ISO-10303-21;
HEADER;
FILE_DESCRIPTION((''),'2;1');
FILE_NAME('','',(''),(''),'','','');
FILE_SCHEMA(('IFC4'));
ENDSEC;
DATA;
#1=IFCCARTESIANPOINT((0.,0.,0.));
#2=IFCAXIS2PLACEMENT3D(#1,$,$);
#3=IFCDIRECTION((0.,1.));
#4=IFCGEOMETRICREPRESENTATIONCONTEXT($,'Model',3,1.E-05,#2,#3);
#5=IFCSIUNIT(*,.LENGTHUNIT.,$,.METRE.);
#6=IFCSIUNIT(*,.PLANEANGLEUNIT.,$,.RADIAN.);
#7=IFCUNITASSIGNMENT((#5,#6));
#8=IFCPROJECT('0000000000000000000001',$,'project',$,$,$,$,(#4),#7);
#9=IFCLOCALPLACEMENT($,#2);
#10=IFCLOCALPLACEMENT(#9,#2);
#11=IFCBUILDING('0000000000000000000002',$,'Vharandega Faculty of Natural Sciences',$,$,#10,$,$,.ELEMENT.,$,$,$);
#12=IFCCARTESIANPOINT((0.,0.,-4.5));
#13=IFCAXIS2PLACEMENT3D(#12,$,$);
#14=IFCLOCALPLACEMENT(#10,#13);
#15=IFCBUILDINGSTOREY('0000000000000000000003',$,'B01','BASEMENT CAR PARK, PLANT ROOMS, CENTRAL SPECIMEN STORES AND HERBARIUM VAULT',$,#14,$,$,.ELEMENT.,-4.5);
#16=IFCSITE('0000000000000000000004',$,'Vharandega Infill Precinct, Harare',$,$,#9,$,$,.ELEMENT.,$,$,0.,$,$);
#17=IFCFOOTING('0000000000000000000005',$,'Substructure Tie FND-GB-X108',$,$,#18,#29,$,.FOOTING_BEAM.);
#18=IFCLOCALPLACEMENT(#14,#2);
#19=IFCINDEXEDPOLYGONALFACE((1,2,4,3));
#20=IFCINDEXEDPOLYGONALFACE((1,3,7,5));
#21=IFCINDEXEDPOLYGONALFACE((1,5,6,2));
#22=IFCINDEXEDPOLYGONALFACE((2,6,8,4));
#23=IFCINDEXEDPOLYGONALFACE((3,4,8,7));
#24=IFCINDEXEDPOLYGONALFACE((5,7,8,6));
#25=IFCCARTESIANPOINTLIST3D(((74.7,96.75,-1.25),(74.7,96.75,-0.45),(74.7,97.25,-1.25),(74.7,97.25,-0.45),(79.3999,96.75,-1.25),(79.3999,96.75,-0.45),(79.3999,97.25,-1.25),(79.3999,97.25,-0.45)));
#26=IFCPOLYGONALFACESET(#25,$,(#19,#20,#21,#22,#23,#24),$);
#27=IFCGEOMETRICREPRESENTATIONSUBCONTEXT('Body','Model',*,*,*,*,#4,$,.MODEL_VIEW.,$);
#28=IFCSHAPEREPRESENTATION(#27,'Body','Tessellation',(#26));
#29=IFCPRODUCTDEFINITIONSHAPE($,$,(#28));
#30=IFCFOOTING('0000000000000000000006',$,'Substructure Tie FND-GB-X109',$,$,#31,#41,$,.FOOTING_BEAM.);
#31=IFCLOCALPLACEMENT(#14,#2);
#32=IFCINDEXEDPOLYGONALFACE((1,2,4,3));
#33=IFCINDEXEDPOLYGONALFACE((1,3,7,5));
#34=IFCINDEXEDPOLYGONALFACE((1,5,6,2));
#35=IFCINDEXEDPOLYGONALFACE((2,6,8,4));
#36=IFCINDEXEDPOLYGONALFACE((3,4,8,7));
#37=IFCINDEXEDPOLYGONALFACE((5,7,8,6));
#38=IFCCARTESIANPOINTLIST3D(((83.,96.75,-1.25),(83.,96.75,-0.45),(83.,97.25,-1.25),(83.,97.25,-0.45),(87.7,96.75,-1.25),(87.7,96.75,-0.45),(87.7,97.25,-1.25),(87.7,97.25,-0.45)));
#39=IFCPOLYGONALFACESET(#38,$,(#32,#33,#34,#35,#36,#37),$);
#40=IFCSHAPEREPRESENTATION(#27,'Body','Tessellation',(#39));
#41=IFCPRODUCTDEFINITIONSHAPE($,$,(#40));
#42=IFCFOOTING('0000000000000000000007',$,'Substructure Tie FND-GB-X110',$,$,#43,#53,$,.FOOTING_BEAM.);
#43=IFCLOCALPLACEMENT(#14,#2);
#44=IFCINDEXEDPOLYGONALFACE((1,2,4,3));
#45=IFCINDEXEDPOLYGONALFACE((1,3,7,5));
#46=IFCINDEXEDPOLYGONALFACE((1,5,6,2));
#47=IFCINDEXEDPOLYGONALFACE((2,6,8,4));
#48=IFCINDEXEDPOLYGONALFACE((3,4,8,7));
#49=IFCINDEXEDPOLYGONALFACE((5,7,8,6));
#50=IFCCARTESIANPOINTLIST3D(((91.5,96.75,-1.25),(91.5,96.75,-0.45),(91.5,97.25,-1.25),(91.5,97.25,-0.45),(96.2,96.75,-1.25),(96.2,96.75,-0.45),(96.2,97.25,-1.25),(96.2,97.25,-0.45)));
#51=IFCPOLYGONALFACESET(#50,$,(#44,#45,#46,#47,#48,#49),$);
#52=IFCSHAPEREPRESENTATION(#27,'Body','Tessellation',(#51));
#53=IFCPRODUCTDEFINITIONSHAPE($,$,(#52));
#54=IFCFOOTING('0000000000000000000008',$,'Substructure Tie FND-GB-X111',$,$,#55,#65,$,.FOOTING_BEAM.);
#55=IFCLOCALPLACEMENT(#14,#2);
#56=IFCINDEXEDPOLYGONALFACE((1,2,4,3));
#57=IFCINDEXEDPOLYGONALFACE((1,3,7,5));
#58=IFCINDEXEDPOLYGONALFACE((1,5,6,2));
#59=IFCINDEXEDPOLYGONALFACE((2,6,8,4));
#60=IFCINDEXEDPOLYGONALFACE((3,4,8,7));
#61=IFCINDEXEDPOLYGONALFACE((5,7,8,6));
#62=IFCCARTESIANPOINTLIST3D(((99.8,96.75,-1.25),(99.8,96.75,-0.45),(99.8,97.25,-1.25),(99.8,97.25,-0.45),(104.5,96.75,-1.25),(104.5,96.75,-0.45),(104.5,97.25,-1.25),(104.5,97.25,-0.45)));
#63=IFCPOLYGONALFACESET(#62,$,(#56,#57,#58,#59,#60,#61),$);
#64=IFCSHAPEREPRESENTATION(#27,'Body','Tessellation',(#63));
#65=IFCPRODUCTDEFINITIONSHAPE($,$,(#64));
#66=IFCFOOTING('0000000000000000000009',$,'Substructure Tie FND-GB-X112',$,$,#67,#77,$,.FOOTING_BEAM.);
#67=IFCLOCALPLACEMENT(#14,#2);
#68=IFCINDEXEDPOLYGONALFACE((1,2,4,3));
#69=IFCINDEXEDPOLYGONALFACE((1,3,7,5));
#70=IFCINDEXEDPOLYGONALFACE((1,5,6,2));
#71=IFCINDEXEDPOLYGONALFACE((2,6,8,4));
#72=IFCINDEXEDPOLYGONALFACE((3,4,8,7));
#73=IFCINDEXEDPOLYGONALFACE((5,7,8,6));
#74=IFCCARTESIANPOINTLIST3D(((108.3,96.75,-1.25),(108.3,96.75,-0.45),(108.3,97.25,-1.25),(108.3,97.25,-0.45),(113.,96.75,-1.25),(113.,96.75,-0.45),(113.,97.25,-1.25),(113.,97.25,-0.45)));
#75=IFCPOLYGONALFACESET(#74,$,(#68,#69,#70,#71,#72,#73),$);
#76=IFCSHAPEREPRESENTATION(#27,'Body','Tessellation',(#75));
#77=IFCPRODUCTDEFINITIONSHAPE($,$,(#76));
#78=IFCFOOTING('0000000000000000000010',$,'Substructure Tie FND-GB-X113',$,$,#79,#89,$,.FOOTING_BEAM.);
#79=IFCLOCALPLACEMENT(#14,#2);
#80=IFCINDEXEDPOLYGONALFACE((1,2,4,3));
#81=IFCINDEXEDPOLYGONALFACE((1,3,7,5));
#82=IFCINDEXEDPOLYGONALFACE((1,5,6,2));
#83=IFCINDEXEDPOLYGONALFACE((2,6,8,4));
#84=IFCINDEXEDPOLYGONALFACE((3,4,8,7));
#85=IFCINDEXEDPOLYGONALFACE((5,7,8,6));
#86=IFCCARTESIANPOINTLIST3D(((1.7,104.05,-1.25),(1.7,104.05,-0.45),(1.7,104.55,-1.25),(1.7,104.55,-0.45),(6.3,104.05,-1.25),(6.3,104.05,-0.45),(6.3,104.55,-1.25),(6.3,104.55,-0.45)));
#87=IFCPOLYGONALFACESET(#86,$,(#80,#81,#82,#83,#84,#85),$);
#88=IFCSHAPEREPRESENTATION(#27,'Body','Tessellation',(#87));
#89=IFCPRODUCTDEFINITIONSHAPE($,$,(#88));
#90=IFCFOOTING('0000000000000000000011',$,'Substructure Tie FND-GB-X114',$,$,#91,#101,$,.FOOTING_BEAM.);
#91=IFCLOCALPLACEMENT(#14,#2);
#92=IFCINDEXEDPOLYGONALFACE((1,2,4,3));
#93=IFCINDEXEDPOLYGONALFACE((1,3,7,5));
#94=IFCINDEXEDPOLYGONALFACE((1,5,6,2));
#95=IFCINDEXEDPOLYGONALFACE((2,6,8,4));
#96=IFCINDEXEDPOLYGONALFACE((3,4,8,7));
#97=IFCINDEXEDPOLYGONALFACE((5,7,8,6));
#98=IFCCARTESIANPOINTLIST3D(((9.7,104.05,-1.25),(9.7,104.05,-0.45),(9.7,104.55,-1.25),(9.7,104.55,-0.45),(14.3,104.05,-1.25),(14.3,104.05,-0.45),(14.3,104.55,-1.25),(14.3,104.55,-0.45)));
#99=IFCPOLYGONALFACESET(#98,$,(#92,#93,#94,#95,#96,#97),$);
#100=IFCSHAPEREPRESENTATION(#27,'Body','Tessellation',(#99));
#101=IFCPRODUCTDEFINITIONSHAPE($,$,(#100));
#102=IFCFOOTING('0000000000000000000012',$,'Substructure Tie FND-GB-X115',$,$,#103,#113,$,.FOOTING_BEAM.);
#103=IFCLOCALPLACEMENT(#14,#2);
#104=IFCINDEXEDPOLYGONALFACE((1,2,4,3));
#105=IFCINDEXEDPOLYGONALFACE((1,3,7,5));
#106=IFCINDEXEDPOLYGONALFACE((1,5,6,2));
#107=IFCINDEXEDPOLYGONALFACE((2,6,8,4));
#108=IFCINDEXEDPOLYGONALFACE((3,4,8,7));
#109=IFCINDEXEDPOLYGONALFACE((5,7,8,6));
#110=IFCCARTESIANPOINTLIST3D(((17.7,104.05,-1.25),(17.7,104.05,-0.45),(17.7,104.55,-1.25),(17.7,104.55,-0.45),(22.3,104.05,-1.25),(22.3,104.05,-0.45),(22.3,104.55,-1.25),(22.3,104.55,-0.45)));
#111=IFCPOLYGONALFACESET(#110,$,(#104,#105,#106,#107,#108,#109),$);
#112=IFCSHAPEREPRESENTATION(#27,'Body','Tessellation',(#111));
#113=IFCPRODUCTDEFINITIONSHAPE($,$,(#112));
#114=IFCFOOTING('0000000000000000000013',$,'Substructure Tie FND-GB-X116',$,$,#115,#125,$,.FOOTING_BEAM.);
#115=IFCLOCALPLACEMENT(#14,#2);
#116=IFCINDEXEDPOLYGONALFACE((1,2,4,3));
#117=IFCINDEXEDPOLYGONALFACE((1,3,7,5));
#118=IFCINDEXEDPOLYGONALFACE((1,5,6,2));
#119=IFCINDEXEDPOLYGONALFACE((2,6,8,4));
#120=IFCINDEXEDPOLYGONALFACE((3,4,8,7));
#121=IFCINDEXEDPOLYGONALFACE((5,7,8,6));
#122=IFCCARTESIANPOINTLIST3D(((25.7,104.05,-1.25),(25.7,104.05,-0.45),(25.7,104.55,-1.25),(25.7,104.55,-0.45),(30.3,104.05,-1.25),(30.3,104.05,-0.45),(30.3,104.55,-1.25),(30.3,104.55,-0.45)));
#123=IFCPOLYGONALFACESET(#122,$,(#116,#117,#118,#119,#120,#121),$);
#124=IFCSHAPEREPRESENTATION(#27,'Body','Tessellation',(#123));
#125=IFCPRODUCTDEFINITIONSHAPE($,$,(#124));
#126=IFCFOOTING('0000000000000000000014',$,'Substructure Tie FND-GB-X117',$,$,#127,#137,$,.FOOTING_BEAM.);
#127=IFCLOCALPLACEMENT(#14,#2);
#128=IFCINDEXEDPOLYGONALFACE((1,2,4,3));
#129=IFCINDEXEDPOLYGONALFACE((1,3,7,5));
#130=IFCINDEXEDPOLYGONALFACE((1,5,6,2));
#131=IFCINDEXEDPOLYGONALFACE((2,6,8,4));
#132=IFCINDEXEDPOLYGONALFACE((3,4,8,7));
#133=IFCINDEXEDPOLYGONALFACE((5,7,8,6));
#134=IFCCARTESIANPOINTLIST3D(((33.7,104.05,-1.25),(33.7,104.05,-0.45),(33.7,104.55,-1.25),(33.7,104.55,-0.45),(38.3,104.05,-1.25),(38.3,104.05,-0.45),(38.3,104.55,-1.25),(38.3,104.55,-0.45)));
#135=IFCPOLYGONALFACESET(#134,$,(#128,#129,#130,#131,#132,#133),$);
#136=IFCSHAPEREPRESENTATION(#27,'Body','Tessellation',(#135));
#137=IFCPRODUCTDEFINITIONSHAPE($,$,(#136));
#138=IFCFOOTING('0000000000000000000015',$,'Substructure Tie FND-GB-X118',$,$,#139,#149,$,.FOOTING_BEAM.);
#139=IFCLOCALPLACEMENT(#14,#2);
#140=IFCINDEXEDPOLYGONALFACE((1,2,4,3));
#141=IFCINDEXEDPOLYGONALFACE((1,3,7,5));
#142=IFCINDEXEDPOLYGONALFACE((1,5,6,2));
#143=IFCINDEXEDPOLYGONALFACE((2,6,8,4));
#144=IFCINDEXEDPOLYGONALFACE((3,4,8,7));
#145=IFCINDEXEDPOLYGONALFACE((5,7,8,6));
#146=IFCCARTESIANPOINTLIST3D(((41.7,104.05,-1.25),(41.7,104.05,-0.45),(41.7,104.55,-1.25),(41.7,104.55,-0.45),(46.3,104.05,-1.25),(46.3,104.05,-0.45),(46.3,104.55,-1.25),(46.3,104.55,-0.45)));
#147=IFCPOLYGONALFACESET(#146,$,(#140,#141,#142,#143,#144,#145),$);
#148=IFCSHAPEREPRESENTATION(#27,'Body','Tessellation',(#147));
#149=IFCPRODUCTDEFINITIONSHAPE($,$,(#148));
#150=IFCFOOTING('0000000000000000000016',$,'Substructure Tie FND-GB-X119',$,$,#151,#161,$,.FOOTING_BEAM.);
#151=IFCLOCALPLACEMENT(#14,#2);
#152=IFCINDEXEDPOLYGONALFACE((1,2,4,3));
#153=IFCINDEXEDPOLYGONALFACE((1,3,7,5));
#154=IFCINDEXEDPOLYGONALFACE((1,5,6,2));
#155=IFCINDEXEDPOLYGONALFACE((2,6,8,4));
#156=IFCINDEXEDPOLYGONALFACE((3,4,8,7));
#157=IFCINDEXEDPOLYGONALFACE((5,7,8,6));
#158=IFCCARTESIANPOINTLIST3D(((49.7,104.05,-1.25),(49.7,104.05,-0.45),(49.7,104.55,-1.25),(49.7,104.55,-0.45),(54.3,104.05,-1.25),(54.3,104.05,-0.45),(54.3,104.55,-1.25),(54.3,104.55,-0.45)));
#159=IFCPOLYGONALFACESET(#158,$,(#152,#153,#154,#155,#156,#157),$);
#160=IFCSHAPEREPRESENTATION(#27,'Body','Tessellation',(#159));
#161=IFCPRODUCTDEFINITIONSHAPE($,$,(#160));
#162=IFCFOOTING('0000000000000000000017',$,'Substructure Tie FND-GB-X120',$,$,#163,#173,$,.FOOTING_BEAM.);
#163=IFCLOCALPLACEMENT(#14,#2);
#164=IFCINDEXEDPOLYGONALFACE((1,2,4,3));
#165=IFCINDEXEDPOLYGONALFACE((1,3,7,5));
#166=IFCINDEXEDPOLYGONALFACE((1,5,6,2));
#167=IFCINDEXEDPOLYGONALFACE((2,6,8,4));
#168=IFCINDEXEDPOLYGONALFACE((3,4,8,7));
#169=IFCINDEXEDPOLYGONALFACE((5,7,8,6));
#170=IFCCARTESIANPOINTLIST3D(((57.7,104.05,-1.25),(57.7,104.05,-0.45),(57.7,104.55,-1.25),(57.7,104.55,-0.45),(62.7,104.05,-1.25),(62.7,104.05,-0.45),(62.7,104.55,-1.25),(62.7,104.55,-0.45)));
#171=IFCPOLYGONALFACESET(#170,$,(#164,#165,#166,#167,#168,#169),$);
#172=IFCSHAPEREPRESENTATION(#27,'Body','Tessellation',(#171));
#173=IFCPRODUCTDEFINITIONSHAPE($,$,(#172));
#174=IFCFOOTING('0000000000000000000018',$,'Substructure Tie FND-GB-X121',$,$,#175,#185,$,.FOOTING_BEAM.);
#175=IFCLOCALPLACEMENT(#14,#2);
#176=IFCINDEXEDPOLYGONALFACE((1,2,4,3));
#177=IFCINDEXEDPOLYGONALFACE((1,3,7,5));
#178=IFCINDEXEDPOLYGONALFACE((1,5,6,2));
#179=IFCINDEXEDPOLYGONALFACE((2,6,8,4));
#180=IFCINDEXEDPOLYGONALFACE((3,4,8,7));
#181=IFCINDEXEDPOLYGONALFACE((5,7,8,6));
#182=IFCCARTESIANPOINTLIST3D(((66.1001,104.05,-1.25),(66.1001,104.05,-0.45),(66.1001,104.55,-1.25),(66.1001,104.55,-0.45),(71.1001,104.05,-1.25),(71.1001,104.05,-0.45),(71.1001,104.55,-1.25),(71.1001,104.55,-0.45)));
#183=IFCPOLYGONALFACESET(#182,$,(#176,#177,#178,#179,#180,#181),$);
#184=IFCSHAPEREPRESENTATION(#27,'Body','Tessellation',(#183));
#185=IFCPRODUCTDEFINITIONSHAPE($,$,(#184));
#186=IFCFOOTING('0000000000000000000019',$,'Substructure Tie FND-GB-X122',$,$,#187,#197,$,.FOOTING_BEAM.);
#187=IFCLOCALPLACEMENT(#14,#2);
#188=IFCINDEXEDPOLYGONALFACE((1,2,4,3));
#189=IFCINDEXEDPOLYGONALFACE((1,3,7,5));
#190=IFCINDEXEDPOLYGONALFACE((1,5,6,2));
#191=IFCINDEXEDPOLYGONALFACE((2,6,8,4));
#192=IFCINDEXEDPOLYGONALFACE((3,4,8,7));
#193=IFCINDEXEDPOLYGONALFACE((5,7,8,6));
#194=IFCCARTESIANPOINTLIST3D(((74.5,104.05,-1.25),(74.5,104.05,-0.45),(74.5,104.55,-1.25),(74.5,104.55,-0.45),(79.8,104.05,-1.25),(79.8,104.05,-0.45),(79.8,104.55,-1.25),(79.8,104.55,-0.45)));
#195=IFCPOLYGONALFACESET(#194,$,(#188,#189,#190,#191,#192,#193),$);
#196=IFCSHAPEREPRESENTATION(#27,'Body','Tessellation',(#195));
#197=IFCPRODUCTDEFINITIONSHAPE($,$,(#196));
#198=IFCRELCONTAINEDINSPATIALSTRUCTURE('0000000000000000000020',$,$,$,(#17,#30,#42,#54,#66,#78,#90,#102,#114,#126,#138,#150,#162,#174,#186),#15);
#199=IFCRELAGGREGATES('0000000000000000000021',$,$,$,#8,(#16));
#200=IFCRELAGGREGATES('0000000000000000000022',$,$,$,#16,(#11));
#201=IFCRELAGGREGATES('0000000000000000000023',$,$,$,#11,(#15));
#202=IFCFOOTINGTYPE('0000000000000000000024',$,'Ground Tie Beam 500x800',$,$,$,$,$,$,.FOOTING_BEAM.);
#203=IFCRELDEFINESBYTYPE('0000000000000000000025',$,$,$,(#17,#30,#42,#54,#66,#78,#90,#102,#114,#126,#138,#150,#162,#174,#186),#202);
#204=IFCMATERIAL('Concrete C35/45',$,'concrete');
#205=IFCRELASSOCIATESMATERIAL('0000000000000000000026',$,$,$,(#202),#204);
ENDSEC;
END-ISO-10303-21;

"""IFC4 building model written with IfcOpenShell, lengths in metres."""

from ifc_helpers import new_model, si_unit, direction, frame, origin, place, context, subcontext, project, spatial, polyline, outline, extrude, material, type_object, element, save


model = new_model("IFC4")

# Units and contexts
model_context = context("Model", 3, precision=1e-05, world=origin(), true_north=direction((0.0, 1.0)))
body_context = subcontext(model_context, "Body", "Model", "MODEL_VIEW")
ifc_project = project(units=[si_unit("LENGTHUNIT", "METRE"), si_unit("PLANEANGLEUNIT", "RADIAN")], contexts=[model_context])

# Site, building, storey
site_placement = place(None, origin())
site = spatial("IfcSite", under=ifc_project, at=site_placement, Name="Vharandega Infill Precinct, Harare", CompositionType="ELEMENT", RefElevation=0.0)
building_placement = place(site_placement, origin())
building = spatial("IfcBuilding", under=site, at=building_placement, Name="Vharandega Faculty of Natural Sciences", CompositionType="ELEMENT")
storey_placement = place(building_placement, frame((0.0, 0.0, -4.5)))
storey = spatial("IfcBuildingStorey", under=building, at=storey_placement, Name="B01", Description="BASEMENT CAR PARK, PLANT ROOMS, CENTRAL SPECIMEN STORES AND HERBARIUM VAULT", CompositionType="ELEMENT", Elevation=-4.5)

# Footings
ifc_material = material(Name="Concrete C35/45", Category="concrete")
footing_type = type_object("IfcFootingType", Name="Ground Tie Beam 500x800", PredefinedType="FOOTING_BEAM", material=ifc_material)
footing_1_placement = place(storey_placement, frame((0.0, 0.0, -1.25)))
element("IfcFooting", 1, at=footing_1_placement, inside=storey, type_object=footing_type, Name="Substructure Tie FND-GB-X108", PredefinedType="FOOTING_BEAM", context=body_context, shape_type="SweptSolid", body=[
    extrude(outline(polyline([(74.7, 96.75), (79.3999, 96.75), (79.3999, 97.25), (74.7, 97.25), (74.7, 96.75)])), origin(), (0.0, 0.0, 1.0), 0.8),
])
footing_2_placement = place(storey_placement, frame((0.0, 0.0, -1.25)))
element("IfcFooting", 2, at=footing_2_placement, inside=storey, type_object=footing_type, Name="Substructure Tie FND-GB-X109", PredefinedType="FOOTING_BEAM", context=body_context, shape_type="SweptSolid", body=[
    extrude(outline(polyline([(83.0, 96.75), (87.7, 96.75), (87.7, 97.25), (83.0, 97.25), (83.0, 96.75)])), origin(), (0.0, 0.0, 1.0), 0.8),
])
footing_3_placement = place(storey_placement, frame((0.0, 0.0, -1.25)))
element("IfcFooting", 3, at=footing_3_placement, inside=storey, type_object=footing_type, Name="Substructure Tie FND-GB-X110", PredefinedType="FOOTING_BEAM", context=body_context, shape_type="SweptSolid", body=[
    extrude(outline(polyline([(91.5, 96.75), (96.2, 96.75), (96.2, 97.25), (91.5, 97.25), (91.5, 96.75)])), origin(), (0.0, 0.0, 1.0), 0.8),
])
footing_4_placement = place(storey_placement, frame((0.0, 0.0, -1.25)))
element("IfcFooting", 4, at=footing_4_placement, inside=storey, type_object=footing_type, Name="Substructure Tie FND-GB-X111", PredefinedType="FOOTING_BEAM", context=body_context, shape_type="SweptSolid", body=[
    extrude(outline(polyline([(99.8, 96.75), (104.5, 96.75), (104.5, 97.25), (99.8, 97.25), (99.8, 96.75)])), origin(), (0.0, 0.0, 1.0), 0.8),
])
footing_5_placement = place(storey_placement, frame((0.0, 0.0, -1.25)))
element("IfcFooting", 5, at=footing_5_placement, inside=storey, type_object=footing_type, Name="Substructure Tie FND-GB-X112", PredefinedType="FOOTING_BEAM", context=body_context, shape_type="SweptSolid", body=[
    extrude(outline(polyline([(108.3, 96.75), (113.0, 96.75), (113.0, 97.25), (108.3, 97.25), (108.3, 96.75)])), origin(), (0.0, 0.0, 1.0), 0.8),
])
footing_6_placement = place(storey_placement, frame((0.0, 0.0, -1.25)))
element("IfcFooting", 6, at=footing_6_placement, inside=storey, type_object=footing_type, Name="Substructure Tie FND-GB-X113", PredefinedType="FOOTING_BEAM", context=body_context, shape_type="SweptSolid", body=[
    extrude(outline(polyline([(1.7, 104.05), (6.3, 104.05), (6.3, 104.55), (1.7, 104.55), (1.7, 104.05)])), origin(), (0.0, 0.0, 1.0), 0.8),
])
footing_7_placement = place(storey_placement, frame((0.0, 0.0, -1.25)))
element("IfcFooting", 7, at=footing_7_placement, inside=storey, type_object=footing_type, Name="Substructure Tie FND-GB-X114", PredefinedType="FOOTING_BEAM", context=body_context, shape_type="SweptSolid", body=[
    extrude(outline(polyline([(9.7, 104.05), (14.3, 104.05), (14.3, 104.55), (9.7, 104.55), (9.7, 104.05)])), origin(), (0.0, 0.0, 1.0), 0.8),
])
footing_8_placement = place(storey_placement, frame((0.0, 0.0, -1.25)))
element("IfcFooting", 8, at=footing_8_placement, inside=storey, type_object=footing_type, Name="Substructure Tie FND-GB-X115", PredefinedType="FOOTING_BEAM", context=body_context, shape_type="SweptSolid", body=[
    extrude(outline(polyline([(17.7, 104.05), (22.3, 104.05), (22.3, 104.55), (17.7, 104.55), (17.7, 104.05)])), origin(), (0.0, 0.0, 1.0), 0.8),
])
footing_9_placement = place(storey_placement, frame((0.0, 0.0, -1.25)))
element("IfcFooting", 9, at=footing_9_placement, inside=storey, type_object=footing_type, Name="Substructure Tie FND-GB-X116", PredefinedType="FOOTING_BEAM", context=body_context, shape_type="SweptSolid", body=[
    extrude(outline(polyline([(25.7, 104.05), (30.3, 104.05), (30.3, 104.55), (25.7, 104.55), (25.7, 104.05)])), origin(), (0.0, 0.0, 1.0), 0.8),
])
footing_10_placement = place(storey_placement, frame((0.0, 0.0, -1.25)))
element("IfcFooting", 10, at=footing_10_placement, inside=storey, type_object=footing_type, Name="Substructure Tie FND-GB-X117", PredefinedType="FOOTING_BEAM", context=body_context, shape_type="SweptSolid", body=[
    extrude(outline(polyline([(33.7, 104.05), (38.3, 104.05), (38.3, 104.55), (33.7, 104.55), (33.7, 104.05)])), origin(), (0.0, 0.0, 1.0), 0.8),
])
footing_11_placement = place(storey_placement, frame((0.0, 0.0, -1.25)))
element("IfcFooting", 11, at=footing_11_placement, inside=storey, type_object=footing_type, Name="Substructure Tie FND-GB-X118", PredefinedType="FOOTING_BEAM", context=body_context, shape_type="SweptSolid", body=[
    extrude(outline(polyline([(41.7, 104.05), (46.3, 104.05), (46.3, 104.55), (41.7, 104.55), (41.7, 104.05)])), origin(), (0.0, 0.0, 1.0), 0.8),
])
footing_12_placement = place(storey_placement, frame((0.0, 0.0, -1.25)))
element("IfcFooting", 12, at=footing_12_placement, inside=storey, type_object=footing_type, Name="Substructure Tie FND-GB-X119", PredefinedType="FOOTING_BEAM", context=body_context, shape_type="SweptSolid", body=[
    extrude(outline(polyline([(49.7, 104.05), (54.3, 104.05), (54.3, 104.55), (49.7, 104.55), (49.7, 104.05)])), origin(), (0.0, 0.0, 1.0), 0.8),
])
footing_13_placement = place(storey_placement, frame((0.0, 0.0, -1.25)))
element("IfcFooting", 13, at=footing_13_placement, inside=storey, type_object=footing_type, Name="Substructure Tie FND-GB-X120", PredefinedType="FOOTING_BEAM", context=body_context, shape_type="SweptSolid", body=[
    extrude(outline(polyline([(57.7, 104.05), (62.7, 104.05), (62.7, 104.55), (57.7, 104.55), (57.7, 104.05)])), origin(), (0.0, 0.0, 1.0), 0.8),
])
footing_14_placement = place(storey_placement, frame((0.0, 0.0, -1.25)))
element("IfcFooting", 14, at=footing_14_placement, inside=storey, type_object=footing_type, Name="Substructure Tie FND-GB-X121", PredefinedType="FOOTING_BEAM", context=body_context, shape_type="SweptSolid", body=[
    extrude(outline(polyline([(66.1001, 104.05), (71.1001, 104.05), (71.1001, 104.55), (66.1001, 104.55), (66.1001, 104.05)])), origin(), (0.0, 0.0, 1.0), 0.8),
])
footing_15_placement = place(storey_placement, frame((0.0, 0.0, -1.25)))
element("IfcFooting", 15, at=footing_15_placement, inside=storey, type_object=footing_type, Name="Substructure Tie FND-GB-X122", PredefinedType="FOOTING_BEAM", context=body_context, shape_type="SweptSolid", body=[
    extrude(outline(polyline([(74.5, 104.05), (79.8, 104.05), (79.8, 104.55), (74.5, 104.55), (74.5, 104.05)])), origin(), (0.0, 0.0, 1.0), 0.8),
])

save(model, "model.ifc")
